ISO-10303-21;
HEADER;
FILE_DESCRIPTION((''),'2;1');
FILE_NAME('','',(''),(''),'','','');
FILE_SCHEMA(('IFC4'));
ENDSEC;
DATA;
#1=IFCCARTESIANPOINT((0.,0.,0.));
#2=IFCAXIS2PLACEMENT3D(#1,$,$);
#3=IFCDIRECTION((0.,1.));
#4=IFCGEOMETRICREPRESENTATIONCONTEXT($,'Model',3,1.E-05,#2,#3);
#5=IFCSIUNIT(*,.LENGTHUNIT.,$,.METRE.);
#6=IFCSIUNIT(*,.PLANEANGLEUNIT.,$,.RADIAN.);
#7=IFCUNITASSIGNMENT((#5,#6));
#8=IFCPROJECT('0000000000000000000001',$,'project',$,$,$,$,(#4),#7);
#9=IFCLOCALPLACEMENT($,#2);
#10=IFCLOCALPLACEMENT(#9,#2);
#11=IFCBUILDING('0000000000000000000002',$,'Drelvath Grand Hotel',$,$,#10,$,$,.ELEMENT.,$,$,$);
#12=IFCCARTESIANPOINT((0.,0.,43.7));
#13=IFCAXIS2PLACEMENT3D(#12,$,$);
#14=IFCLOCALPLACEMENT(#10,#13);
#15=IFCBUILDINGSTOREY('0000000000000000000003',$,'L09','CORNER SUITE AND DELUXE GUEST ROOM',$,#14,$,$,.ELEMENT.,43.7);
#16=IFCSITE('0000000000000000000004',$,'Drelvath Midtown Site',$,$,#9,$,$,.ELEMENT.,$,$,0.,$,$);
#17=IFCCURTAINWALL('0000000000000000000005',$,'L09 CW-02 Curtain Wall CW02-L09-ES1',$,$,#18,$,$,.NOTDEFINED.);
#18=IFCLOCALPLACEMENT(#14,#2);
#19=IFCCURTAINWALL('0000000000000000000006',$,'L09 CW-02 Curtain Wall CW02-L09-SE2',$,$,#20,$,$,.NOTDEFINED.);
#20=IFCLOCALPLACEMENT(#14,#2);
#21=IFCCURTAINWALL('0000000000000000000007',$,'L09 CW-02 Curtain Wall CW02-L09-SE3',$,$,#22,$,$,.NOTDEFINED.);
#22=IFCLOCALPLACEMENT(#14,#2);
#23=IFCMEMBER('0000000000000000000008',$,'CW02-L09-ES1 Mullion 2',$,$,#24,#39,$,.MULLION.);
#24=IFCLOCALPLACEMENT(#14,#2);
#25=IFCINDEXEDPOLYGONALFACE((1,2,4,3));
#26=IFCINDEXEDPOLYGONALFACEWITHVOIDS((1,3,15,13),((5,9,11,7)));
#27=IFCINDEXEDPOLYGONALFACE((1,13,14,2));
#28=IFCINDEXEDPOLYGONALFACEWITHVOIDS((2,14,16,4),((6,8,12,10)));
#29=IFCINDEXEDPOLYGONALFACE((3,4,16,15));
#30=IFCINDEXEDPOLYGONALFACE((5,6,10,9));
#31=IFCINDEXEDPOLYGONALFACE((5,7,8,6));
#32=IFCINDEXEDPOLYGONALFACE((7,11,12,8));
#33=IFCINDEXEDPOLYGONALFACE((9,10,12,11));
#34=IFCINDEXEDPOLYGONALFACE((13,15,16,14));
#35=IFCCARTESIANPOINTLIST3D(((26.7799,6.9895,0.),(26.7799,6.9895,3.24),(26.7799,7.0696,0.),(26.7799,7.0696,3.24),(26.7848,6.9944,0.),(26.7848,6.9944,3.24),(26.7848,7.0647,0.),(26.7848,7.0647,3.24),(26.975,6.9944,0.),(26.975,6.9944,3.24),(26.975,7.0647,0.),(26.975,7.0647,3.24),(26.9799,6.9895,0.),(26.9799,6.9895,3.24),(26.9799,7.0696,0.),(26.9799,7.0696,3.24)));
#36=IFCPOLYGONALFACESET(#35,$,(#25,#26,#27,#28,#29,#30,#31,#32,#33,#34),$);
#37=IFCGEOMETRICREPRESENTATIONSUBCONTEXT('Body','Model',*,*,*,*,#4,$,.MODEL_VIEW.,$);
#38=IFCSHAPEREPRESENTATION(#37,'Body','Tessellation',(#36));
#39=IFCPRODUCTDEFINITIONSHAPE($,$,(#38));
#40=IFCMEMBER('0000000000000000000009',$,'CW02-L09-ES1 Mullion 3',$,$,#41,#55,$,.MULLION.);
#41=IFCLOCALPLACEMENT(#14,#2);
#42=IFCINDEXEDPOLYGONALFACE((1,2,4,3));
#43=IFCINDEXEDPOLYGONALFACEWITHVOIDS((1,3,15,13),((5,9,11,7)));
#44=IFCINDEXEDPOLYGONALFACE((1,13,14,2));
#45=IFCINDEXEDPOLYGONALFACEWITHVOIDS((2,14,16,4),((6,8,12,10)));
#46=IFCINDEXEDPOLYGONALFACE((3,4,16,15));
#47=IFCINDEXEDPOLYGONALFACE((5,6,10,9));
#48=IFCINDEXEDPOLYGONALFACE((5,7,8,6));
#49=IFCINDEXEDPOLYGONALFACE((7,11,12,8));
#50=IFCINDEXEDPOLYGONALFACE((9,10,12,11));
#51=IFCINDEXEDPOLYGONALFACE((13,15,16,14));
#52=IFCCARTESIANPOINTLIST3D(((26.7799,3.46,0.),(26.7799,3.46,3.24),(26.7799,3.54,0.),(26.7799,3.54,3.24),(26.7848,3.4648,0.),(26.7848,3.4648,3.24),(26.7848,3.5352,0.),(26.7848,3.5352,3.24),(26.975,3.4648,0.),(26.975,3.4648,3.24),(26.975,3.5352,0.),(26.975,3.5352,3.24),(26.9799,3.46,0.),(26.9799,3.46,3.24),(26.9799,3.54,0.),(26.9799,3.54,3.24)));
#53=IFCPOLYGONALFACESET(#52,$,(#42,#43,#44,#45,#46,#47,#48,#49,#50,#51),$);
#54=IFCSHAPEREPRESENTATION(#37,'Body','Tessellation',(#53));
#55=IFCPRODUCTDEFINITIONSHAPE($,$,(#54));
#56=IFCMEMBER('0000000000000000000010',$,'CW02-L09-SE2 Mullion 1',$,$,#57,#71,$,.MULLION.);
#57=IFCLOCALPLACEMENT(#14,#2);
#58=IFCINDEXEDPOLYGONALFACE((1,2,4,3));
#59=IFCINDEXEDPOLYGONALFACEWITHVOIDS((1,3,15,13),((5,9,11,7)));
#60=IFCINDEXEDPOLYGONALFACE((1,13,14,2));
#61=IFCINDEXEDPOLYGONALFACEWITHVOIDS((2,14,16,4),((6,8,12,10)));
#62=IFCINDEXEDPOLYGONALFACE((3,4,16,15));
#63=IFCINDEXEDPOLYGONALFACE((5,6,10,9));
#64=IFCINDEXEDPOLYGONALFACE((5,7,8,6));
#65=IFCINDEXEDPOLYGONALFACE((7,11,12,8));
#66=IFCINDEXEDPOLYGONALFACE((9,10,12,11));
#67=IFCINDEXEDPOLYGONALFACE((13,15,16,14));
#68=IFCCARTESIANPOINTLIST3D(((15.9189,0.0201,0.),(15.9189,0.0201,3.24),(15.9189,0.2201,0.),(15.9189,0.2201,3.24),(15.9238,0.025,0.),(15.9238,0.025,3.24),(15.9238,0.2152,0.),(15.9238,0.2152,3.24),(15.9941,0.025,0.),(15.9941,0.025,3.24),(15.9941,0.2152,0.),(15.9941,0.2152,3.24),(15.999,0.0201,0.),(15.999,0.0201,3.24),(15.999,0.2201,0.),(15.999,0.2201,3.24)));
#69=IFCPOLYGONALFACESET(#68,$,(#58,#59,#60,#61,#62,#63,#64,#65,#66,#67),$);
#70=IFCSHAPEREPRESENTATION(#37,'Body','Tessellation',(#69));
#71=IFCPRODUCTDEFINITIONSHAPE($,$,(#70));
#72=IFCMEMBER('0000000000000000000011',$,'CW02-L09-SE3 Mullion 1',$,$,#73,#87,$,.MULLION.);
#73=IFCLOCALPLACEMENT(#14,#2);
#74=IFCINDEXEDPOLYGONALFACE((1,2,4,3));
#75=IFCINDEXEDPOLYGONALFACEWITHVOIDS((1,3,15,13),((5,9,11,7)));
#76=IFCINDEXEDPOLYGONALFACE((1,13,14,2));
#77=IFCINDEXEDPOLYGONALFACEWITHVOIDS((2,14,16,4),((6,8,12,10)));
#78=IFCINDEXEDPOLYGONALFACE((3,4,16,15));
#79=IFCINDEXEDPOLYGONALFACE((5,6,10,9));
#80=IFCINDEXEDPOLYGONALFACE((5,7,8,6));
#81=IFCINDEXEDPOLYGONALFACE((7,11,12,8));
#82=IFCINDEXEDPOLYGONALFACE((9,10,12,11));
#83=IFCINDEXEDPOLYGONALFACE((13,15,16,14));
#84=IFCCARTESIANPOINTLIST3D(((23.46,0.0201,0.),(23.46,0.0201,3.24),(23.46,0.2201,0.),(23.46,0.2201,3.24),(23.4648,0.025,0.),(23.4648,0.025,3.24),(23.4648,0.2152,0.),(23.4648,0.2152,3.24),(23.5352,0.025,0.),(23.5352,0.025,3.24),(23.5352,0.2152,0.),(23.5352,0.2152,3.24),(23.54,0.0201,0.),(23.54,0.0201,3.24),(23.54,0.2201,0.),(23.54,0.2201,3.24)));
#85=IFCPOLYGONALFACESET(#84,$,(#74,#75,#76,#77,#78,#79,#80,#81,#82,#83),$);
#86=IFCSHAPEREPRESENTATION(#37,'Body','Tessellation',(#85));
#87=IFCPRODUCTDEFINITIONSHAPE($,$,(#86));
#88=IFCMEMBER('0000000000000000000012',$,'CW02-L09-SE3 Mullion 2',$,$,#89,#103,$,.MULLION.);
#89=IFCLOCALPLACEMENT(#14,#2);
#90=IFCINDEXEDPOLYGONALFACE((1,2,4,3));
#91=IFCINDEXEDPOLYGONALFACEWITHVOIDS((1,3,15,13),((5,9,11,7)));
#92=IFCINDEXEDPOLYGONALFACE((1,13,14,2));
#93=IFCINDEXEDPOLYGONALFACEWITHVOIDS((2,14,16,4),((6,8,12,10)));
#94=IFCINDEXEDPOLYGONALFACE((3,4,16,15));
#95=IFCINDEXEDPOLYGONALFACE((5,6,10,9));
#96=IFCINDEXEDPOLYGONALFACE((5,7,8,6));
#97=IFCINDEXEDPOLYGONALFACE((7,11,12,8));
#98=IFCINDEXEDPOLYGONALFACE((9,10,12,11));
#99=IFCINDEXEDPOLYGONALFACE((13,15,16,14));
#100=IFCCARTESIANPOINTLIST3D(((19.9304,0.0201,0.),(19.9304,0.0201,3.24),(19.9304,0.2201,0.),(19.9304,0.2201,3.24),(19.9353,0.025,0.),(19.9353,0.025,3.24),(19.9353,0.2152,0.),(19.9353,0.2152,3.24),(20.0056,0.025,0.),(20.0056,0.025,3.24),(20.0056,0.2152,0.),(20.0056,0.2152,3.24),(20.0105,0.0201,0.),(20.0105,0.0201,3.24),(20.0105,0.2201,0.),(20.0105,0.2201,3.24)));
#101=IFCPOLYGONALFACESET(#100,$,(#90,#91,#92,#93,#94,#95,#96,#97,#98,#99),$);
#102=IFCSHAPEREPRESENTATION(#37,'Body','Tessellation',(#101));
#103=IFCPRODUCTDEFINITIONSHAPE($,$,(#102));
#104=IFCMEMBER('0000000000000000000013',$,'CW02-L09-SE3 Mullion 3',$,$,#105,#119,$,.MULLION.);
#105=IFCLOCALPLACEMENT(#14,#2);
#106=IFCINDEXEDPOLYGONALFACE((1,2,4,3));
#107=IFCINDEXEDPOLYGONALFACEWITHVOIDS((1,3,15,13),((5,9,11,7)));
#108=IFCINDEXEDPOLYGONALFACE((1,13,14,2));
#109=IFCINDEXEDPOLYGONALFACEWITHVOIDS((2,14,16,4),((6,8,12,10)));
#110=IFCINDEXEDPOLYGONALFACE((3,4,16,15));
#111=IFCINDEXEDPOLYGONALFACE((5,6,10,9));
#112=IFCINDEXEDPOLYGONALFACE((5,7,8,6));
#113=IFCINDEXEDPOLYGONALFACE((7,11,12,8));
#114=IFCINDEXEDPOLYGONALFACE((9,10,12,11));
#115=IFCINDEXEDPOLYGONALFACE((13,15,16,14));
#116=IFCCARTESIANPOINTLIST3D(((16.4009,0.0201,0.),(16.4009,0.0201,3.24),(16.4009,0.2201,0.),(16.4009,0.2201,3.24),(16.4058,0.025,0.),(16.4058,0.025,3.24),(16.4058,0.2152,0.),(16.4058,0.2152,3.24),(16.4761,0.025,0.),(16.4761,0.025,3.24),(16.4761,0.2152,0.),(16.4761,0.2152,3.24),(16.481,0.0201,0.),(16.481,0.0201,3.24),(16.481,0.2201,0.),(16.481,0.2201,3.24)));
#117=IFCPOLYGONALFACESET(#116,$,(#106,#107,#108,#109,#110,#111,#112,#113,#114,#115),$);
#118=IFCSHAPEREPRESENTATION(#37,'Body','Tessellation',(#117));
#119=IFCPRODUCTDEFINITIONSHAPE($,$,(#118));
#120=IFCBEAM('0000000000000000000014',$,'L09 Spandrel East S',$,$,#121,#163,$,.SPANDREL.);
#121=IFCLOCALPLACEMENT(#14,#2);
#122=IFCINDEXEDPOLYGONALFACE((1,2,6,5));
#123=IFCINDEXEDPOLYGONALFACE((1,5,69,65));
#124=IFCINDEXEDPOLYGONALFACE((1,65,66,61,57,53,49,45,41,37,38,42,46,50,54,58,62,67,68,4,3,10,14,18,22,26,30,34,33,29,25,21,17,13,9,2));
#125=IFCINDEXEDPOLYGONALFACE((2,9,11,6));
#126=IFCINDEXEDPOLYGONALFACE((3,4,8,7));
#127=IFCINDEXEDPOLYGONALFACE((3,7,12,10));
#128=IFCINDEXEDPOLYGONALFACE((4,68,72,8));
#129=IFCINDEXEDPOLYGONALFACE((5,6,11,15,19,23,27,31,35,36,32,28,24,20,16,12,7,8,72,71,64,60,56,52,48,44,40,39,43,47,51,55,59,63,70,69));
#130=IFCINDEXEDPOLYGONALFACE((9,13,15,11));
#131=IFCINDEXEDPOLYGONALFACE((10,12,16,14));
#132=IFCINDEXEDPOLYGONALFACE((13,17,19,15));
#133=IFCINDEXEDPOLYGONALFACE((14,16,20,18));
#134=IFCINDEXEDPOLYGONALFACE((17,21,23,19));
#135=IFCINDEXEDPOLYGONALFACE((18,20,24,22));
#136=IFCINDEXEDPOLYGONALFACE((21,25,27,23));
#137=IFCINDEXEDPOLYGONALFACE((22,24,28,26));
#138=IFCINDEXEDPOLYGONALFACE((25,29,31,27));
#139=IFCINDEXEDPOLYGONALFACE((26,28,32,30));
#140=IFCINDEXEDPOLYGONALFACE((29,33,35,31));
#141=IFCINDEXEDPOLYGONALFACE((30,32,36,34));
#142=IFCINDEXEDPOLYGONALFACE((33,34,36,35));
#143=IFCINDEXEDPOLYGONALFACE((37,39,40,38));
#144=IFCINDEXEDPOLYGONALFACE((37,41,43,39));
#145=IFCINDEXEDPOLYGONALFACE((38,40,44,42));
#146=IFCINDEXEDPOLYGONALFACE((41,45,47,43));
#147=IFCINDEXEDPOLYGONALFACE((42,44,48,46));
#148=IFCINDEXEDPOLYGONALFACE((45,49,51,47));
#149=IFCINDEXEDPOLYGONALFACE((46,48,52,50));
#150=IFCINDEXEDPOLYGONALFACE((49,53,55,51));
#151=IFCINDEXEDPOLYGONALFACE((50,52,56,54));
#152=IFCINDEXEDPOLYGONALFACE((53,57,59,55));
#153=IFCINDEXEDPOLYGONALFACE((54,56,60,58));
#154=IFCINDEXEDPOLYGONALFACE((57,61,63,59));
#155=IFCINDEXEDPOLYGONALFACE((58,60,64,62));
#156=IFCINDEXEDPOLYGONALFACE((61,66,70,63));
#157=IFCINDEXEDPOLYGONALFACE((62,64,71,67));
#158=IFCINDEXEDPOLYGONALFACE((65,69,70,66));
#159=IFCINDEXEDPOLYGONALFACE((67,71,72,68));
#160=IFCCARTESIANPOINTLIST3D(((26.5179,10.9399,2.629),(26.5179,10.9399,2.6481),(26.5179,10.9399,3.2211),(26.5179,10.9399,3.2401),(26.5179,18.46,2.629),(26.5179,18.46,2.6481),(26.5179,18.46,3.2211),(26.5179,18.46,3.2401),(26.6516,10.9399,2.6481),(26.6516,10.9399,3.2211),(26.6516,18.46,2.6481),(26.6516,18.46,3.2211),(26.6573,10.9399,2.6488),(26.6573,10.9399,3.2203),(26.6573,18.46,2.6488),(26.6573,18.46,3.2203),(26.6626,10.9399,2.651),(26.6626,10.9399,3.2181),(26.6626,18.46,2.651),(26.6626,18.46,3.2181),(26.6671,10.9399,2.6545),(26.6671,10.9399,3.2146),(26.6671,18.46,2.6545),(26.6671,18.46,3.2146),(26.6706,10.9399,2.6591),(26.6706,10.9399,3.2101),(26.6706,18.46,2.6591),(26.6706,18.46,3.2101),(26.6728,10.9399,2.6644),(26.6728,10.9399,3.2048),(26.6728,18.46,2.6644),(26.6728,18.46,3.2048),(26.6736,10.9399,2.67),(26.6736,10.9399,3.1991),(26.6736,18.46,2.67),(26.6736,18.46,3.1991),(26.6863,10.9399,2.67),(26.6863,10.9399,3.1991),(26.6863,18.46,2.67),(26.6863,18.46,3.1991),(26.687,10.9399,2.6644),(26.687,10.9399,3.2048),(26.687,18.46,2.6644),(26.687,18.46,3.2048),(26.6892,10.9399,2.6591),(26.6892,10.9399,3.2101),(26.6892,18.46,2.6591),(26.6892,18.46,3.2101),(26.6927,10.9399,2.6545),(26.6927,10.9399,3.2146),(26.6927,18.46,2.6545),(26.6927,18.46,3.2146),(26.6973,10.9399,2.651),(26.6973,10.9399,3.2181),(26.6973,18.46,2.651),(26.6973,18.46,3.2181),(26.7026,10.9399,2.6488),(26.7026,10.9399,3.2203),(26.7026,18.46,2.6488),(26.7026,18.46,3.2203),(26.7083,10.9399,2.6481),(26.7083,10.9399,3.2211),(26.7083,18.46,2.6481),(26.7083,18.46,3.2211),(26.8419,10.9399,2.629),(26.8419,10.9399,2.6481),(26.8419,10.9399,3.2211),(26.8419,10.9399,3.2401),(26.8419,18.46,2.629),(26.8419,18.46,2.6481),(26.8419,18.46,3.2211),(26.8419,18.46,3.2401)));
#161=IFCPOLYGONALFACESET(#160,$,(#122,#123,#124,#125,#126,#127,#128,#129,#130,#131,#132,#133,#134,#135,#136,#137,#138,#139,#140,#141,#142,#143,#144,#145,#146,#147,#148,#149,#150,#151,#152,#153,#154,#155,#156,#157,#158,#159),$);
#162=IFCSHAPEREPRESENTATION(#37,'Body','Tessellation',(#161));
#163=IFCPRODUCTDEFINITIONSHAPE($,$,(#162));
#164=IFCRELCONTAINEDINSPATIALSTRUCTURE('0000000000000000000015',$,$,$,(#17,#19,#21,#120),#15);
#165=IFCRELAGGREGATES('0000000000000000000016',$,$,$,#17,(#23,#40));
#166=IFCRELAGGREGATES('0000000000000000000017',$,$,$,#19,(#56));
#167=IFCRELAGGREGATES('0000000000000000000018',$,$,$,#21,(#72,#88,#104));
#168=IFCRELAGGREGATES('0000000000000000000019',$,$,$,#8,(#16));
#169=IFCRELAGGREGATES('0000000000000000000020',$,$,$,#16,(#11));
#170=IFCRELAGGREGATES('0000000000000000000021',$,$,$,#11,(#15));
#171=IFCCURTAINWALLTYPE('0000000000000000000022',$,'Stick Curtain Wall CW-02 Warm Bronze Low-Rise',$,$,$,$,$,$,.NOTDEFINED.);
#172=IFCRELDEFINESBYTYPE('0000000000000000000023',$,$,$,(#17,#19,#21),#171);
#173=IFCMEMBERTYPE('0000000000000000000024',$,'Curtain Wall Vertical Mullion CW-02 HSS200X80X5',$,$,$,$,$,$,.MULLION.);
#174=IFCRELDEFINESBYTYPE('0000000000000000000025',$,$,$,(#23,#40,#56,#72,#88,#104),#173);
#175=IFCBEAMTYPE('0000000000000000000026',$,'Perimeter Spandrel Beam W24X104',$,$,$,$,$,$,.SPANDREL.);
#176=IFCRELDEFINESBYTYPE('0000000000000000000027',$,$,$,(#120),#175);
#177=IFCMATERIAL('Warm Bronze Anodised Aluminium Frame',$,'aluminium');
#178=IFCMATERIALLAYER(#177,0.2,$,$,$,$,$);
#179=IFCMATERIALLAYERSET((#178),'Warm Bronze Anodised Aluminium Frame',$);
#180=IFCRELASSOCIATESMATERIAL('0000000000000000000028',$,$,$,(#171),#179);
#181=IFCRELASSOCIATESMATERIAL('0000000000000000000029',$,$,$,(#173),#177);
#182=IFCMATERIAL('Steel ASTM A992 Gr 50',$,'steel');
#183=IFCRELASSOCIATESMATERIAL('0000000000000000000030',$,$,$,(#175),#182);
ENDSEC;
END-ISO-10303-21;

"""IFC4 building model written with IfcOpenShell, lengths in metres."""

from ifc_helpers import new_model, si_unit, direction, frame, origin, origin_2d, place, context, subcontext, project, spatial, hollow_rectangle, i_section, extrude, material, layer, layer_set, material_profile, profile_set, type_object, element, aggregate, save


model = new_model("IFC4")

# Units and contexts
model_context = context("Model", 3, precision=1e-05, world=origin(), true_north=direction((0.0, 1.0)))
body_context = subcontext(model_context, "Body", "Model", "MODEL_VIEW")
ifc_project = project(units=[si_unit("LENGTHUNIT", "METRE"), si_unit("PLANEANGLEUNIT", "RADIAN")], contexts=[model_context])

# Site, building, storey
site_placement = place(None, origin())
site = spatial("IfcSite", under=ifc_project, at=site_placement, Name="Drelvath Midtown Site", CompositionType="ELEMENT", RefElevation=0.0)
building_placement = place(site_placement, origin())
building = spatial("IfcBuilding", under=site, at=building_placement, Name="Drelvath Grand Hotel", CompositionType="ELEMENT")
storey_placement = place(building_placement, frame((0.0, 0.0, 43.7)))
storey = spatial("IfcBuildingStorey", under=building, at=storey_placement, Name="L09", Description="CORNER SUITE AND DELUXE GUEST ROOM", CompositionType="ELEMENT", Elevation=43.7)

# Curtain walls
ifc_material_1 = material(Name="Warm Bronze Anodised Aluminium Frame", Category="aluminium")
ifc_layer_1 = layer(ifc_material_1, 0.2)
ifc_layer_set_1 = layer_set([ifc_layer_1], Name="Warm Bronze Anodised Aluminium Frame")
curtain_wall_type = type_object("IfcCurtainWallType", Name="Stick Curtain Wall CW-02 Warm Bronze Low-Rise", PredefinedType="NOTDEFINED", material=ifc_layer_set_1)
curtain_wall_1_placement = place(storey_placement, origin())
curtain_wall_1 = element("IfcCurtainWall", 1, at=curtain_wall_1_placement, inside=storey, type_object=curtain_wall_type, Name="L09 CW-02 Curtain Wall CW02-L09-ES1", PredefinedType="NOTDEFINED")
curtain_wall_2_placement = place(storey_placement, origin())
curtain_wall_2 = element("IfcCurtainWall", 2, at=curtain_wall_2_placement, inside=storey, type_object=curtain_wall_type, Name="L09 CW-02 Curtain Wall CW02-L09-SE2", PredefinedType="NOTDEFINED")
curtain_wall_3_placement = place(storey_placement, origin())
curtain_wall_3 = element("IfcCurtainWall", 3, at=curtain_wall_3_placement, inside=storey, type_object=curtain_wall_type, Name="L09 CW-02 Curtain Wall CW02-L09-SE3", PredefinedType="NOTDEFINED")

# Members
ifc_material_profile_1 = material_profile(ifc_material_1, hollow_rectangle(XDim=0.0801, YDim=0.2, WallThickness=0.0049, at=origin_2d()), Name="HSS200X80X5")
ifc_profile_set_1 = profile_set([ifc_material_profile_1], Name="Warm Bronze Anodised Aluminium Frame")
member_type_1 = type_object("IfcMemberType", Name="Curtain Wall Vertical Mullion CW-02 HSS200X80X5", PredefinedType="MULLION", material=ifc_profile_set_1)
member_1_placement = place(storey_placement, frame((26.8799, 7.0295, 0.0), z_axis=(0.0, 0.0, 1.0), x_axis=(0.0, 1.0, 0.0)))
member_1 = element("IfcMember", 4, at=member_1_placement, type_object=member_type_1, Name="CW02-L09-ES1 Mullion 2", PredefinedType="MULLION", context=body_context, shape_type="SweptSolid", body=[
    extrude(hollow_rectangle(XDim=0.0801, YDim=0.2, WallThickness=0.0049, at=origin_2d()), origin(), (0.0, 0.0, 1.0), 3.24),
])
member_2_placement = place(storey_placement, frame((26.8799, 3.5, 0.0), z_axis=(0.0, 0.0, 1.0), x_axis=(0.0, 1.0, 0.0)))
member_2 = element("IfcMember", 5, at=member_2_placement, type_object=member_type_1, Name="CW02-L09-ES1 Mullion 3", PredefinedType="MULLION", context=body_context, shape_type="SweptSolid", body=[
    extrude(hollow_rectangle(XDim=0.0801, YDim=0.2, WallThickness=0.0049, at=origin_2d()), origin(), (0.0, 0.0, 1.0), 3.24),
])
member_3_placement = place(storey_placement, frame((15.959, 0.1201, 0.0), z_axis=(0.0, 0.0, 1.0), x_axis=(1.0, 0.0, 0.0)))
member_3 = element("IfcMember", 6, at=member_3_placement, type_object=member_type_1, Name="CW02-L09-SE2 Mullion 1", PredefinedType="MULLION", context=body_context, shape_type="SweptSolid", body=[
    extrude(hollow_rectangle(XDim=0.0801, YDim=0.2, WallThickness=0.0049, at=origin_2d()), origin(), (0.0, 0.0, 1.0), 3.24),
])
member_4_placement = place(storey_placement, frame((23.5, 0.1201, 0.0), z_axis=(0.0, 0.0, 1.0), x_axis=(1.0, 0.0, 0.0)))
member_4 = element("IfcMember", 7, at=member_4_placement, type_object=member_type_1, Name="CW02-L09-SE3 Mullion 1", PredefinedType="MULLION", context=body_context, shape_type="SweptSolid", body=[
    extrude(hollow_rectangle(XDim=0.0801, YDim=0.2, WallThickness=0.0049, at=origin_2d()), origin(), (0.0, 0.0, 1.0), 3.24),
])
member_5_placement = place(storey_placement, frame((19.9705, 0.1201, 0.0), z_axis=(0.0, 0.0, 1.0), x_axis=(1.0, 0.0, 0.0)))
member_5 = element("IfcMember", 8, at=member_5_placement, type_object=member_type_1, Name="CW02-L09-SE3 Mullion 2", PredefinedType="MULLION", context=body_context, shape_type="SweptSolid", body=[
    extrude(hollow_rectangle(XDim=0.0801, YDim=0.2, WallThickness=0.0049, at=origin_2d()), origin(), (0.0, 0.0, 1.0), 3.24),
])
member_6_placement = place(storey_placement, frame((16.4409, 0.1201, 0.0), z_axis=(0.0, 0.0, 1.0), x_axis=(1.0, 0.0, 0.0)))
member_6 = element("IfcMember", 9, at=member_6_placement, type_object=member_type_1, Name="CW02-L09-SE3 Mullion 3", PredefinedType="MULLION", context=body_context, shape_type="SweptSolid", body=[
    extrude(hollow_rectangle(XDim=0.0801, YDim=0.2, WallThickness=0.0049, at=origin_2d()), origin(), (0.0, 0.0, 1.0), 3.24),
])

# Beam
ifc_material_2 = material(Name="Steel ASTM A992 Gr 50", Category="steel")
ifc_material_profile_2 = material_profile(ifc_material_2, i_section(OverallWidth=0.324, OverallDepth=0.6111, WebThickness=0.0127, FlangeThickness=0.019, FilletRadius=0.022, at=origin_2d()), Name="W24X104")
ifc_profile_set_2 = profile_set([ifc_material_profile_2], Name="Steel ASTM A992 Gr 50")
beam_type_1 = type_object("IfcBeamType", Name="Perimeter Spandrel Beam W24X104", PredefinedType="SPANDREL", material=ifc_profile_set_2)
beam_1_placement = place(storey_placement, frame((26.6799, 10.9399, 2.9346), z_axis=(0.0, 1.0, 0.0), x_axis=(-1.0, 0.0, 0.0)))
element("IfcBeam", 10, at=beam_1_placement, inside=storey, type_object=beam_type_1, Name="L09 Spandrel East S", PredefinedType="SPANDREL", context=body_context, shape_type="SweptSolid", body=[
    extrude(i_section(OverallWidth=0.324, OverallDepth=0.6111, WebThickness=0.0127, FlangeThickness=0.019, FilletRadius=0.022, at=origin_2d()), origin(), (0.0, 0.0, 1.0), 7.52),
])

aggregate(curtain_wall_1, [member_1, member_2])
aggregate(curtain_wall_2, [member_3])
aggregate(curtain_wall_3, [member_4, member_5, member_6])

save(model, "model.ifc")
